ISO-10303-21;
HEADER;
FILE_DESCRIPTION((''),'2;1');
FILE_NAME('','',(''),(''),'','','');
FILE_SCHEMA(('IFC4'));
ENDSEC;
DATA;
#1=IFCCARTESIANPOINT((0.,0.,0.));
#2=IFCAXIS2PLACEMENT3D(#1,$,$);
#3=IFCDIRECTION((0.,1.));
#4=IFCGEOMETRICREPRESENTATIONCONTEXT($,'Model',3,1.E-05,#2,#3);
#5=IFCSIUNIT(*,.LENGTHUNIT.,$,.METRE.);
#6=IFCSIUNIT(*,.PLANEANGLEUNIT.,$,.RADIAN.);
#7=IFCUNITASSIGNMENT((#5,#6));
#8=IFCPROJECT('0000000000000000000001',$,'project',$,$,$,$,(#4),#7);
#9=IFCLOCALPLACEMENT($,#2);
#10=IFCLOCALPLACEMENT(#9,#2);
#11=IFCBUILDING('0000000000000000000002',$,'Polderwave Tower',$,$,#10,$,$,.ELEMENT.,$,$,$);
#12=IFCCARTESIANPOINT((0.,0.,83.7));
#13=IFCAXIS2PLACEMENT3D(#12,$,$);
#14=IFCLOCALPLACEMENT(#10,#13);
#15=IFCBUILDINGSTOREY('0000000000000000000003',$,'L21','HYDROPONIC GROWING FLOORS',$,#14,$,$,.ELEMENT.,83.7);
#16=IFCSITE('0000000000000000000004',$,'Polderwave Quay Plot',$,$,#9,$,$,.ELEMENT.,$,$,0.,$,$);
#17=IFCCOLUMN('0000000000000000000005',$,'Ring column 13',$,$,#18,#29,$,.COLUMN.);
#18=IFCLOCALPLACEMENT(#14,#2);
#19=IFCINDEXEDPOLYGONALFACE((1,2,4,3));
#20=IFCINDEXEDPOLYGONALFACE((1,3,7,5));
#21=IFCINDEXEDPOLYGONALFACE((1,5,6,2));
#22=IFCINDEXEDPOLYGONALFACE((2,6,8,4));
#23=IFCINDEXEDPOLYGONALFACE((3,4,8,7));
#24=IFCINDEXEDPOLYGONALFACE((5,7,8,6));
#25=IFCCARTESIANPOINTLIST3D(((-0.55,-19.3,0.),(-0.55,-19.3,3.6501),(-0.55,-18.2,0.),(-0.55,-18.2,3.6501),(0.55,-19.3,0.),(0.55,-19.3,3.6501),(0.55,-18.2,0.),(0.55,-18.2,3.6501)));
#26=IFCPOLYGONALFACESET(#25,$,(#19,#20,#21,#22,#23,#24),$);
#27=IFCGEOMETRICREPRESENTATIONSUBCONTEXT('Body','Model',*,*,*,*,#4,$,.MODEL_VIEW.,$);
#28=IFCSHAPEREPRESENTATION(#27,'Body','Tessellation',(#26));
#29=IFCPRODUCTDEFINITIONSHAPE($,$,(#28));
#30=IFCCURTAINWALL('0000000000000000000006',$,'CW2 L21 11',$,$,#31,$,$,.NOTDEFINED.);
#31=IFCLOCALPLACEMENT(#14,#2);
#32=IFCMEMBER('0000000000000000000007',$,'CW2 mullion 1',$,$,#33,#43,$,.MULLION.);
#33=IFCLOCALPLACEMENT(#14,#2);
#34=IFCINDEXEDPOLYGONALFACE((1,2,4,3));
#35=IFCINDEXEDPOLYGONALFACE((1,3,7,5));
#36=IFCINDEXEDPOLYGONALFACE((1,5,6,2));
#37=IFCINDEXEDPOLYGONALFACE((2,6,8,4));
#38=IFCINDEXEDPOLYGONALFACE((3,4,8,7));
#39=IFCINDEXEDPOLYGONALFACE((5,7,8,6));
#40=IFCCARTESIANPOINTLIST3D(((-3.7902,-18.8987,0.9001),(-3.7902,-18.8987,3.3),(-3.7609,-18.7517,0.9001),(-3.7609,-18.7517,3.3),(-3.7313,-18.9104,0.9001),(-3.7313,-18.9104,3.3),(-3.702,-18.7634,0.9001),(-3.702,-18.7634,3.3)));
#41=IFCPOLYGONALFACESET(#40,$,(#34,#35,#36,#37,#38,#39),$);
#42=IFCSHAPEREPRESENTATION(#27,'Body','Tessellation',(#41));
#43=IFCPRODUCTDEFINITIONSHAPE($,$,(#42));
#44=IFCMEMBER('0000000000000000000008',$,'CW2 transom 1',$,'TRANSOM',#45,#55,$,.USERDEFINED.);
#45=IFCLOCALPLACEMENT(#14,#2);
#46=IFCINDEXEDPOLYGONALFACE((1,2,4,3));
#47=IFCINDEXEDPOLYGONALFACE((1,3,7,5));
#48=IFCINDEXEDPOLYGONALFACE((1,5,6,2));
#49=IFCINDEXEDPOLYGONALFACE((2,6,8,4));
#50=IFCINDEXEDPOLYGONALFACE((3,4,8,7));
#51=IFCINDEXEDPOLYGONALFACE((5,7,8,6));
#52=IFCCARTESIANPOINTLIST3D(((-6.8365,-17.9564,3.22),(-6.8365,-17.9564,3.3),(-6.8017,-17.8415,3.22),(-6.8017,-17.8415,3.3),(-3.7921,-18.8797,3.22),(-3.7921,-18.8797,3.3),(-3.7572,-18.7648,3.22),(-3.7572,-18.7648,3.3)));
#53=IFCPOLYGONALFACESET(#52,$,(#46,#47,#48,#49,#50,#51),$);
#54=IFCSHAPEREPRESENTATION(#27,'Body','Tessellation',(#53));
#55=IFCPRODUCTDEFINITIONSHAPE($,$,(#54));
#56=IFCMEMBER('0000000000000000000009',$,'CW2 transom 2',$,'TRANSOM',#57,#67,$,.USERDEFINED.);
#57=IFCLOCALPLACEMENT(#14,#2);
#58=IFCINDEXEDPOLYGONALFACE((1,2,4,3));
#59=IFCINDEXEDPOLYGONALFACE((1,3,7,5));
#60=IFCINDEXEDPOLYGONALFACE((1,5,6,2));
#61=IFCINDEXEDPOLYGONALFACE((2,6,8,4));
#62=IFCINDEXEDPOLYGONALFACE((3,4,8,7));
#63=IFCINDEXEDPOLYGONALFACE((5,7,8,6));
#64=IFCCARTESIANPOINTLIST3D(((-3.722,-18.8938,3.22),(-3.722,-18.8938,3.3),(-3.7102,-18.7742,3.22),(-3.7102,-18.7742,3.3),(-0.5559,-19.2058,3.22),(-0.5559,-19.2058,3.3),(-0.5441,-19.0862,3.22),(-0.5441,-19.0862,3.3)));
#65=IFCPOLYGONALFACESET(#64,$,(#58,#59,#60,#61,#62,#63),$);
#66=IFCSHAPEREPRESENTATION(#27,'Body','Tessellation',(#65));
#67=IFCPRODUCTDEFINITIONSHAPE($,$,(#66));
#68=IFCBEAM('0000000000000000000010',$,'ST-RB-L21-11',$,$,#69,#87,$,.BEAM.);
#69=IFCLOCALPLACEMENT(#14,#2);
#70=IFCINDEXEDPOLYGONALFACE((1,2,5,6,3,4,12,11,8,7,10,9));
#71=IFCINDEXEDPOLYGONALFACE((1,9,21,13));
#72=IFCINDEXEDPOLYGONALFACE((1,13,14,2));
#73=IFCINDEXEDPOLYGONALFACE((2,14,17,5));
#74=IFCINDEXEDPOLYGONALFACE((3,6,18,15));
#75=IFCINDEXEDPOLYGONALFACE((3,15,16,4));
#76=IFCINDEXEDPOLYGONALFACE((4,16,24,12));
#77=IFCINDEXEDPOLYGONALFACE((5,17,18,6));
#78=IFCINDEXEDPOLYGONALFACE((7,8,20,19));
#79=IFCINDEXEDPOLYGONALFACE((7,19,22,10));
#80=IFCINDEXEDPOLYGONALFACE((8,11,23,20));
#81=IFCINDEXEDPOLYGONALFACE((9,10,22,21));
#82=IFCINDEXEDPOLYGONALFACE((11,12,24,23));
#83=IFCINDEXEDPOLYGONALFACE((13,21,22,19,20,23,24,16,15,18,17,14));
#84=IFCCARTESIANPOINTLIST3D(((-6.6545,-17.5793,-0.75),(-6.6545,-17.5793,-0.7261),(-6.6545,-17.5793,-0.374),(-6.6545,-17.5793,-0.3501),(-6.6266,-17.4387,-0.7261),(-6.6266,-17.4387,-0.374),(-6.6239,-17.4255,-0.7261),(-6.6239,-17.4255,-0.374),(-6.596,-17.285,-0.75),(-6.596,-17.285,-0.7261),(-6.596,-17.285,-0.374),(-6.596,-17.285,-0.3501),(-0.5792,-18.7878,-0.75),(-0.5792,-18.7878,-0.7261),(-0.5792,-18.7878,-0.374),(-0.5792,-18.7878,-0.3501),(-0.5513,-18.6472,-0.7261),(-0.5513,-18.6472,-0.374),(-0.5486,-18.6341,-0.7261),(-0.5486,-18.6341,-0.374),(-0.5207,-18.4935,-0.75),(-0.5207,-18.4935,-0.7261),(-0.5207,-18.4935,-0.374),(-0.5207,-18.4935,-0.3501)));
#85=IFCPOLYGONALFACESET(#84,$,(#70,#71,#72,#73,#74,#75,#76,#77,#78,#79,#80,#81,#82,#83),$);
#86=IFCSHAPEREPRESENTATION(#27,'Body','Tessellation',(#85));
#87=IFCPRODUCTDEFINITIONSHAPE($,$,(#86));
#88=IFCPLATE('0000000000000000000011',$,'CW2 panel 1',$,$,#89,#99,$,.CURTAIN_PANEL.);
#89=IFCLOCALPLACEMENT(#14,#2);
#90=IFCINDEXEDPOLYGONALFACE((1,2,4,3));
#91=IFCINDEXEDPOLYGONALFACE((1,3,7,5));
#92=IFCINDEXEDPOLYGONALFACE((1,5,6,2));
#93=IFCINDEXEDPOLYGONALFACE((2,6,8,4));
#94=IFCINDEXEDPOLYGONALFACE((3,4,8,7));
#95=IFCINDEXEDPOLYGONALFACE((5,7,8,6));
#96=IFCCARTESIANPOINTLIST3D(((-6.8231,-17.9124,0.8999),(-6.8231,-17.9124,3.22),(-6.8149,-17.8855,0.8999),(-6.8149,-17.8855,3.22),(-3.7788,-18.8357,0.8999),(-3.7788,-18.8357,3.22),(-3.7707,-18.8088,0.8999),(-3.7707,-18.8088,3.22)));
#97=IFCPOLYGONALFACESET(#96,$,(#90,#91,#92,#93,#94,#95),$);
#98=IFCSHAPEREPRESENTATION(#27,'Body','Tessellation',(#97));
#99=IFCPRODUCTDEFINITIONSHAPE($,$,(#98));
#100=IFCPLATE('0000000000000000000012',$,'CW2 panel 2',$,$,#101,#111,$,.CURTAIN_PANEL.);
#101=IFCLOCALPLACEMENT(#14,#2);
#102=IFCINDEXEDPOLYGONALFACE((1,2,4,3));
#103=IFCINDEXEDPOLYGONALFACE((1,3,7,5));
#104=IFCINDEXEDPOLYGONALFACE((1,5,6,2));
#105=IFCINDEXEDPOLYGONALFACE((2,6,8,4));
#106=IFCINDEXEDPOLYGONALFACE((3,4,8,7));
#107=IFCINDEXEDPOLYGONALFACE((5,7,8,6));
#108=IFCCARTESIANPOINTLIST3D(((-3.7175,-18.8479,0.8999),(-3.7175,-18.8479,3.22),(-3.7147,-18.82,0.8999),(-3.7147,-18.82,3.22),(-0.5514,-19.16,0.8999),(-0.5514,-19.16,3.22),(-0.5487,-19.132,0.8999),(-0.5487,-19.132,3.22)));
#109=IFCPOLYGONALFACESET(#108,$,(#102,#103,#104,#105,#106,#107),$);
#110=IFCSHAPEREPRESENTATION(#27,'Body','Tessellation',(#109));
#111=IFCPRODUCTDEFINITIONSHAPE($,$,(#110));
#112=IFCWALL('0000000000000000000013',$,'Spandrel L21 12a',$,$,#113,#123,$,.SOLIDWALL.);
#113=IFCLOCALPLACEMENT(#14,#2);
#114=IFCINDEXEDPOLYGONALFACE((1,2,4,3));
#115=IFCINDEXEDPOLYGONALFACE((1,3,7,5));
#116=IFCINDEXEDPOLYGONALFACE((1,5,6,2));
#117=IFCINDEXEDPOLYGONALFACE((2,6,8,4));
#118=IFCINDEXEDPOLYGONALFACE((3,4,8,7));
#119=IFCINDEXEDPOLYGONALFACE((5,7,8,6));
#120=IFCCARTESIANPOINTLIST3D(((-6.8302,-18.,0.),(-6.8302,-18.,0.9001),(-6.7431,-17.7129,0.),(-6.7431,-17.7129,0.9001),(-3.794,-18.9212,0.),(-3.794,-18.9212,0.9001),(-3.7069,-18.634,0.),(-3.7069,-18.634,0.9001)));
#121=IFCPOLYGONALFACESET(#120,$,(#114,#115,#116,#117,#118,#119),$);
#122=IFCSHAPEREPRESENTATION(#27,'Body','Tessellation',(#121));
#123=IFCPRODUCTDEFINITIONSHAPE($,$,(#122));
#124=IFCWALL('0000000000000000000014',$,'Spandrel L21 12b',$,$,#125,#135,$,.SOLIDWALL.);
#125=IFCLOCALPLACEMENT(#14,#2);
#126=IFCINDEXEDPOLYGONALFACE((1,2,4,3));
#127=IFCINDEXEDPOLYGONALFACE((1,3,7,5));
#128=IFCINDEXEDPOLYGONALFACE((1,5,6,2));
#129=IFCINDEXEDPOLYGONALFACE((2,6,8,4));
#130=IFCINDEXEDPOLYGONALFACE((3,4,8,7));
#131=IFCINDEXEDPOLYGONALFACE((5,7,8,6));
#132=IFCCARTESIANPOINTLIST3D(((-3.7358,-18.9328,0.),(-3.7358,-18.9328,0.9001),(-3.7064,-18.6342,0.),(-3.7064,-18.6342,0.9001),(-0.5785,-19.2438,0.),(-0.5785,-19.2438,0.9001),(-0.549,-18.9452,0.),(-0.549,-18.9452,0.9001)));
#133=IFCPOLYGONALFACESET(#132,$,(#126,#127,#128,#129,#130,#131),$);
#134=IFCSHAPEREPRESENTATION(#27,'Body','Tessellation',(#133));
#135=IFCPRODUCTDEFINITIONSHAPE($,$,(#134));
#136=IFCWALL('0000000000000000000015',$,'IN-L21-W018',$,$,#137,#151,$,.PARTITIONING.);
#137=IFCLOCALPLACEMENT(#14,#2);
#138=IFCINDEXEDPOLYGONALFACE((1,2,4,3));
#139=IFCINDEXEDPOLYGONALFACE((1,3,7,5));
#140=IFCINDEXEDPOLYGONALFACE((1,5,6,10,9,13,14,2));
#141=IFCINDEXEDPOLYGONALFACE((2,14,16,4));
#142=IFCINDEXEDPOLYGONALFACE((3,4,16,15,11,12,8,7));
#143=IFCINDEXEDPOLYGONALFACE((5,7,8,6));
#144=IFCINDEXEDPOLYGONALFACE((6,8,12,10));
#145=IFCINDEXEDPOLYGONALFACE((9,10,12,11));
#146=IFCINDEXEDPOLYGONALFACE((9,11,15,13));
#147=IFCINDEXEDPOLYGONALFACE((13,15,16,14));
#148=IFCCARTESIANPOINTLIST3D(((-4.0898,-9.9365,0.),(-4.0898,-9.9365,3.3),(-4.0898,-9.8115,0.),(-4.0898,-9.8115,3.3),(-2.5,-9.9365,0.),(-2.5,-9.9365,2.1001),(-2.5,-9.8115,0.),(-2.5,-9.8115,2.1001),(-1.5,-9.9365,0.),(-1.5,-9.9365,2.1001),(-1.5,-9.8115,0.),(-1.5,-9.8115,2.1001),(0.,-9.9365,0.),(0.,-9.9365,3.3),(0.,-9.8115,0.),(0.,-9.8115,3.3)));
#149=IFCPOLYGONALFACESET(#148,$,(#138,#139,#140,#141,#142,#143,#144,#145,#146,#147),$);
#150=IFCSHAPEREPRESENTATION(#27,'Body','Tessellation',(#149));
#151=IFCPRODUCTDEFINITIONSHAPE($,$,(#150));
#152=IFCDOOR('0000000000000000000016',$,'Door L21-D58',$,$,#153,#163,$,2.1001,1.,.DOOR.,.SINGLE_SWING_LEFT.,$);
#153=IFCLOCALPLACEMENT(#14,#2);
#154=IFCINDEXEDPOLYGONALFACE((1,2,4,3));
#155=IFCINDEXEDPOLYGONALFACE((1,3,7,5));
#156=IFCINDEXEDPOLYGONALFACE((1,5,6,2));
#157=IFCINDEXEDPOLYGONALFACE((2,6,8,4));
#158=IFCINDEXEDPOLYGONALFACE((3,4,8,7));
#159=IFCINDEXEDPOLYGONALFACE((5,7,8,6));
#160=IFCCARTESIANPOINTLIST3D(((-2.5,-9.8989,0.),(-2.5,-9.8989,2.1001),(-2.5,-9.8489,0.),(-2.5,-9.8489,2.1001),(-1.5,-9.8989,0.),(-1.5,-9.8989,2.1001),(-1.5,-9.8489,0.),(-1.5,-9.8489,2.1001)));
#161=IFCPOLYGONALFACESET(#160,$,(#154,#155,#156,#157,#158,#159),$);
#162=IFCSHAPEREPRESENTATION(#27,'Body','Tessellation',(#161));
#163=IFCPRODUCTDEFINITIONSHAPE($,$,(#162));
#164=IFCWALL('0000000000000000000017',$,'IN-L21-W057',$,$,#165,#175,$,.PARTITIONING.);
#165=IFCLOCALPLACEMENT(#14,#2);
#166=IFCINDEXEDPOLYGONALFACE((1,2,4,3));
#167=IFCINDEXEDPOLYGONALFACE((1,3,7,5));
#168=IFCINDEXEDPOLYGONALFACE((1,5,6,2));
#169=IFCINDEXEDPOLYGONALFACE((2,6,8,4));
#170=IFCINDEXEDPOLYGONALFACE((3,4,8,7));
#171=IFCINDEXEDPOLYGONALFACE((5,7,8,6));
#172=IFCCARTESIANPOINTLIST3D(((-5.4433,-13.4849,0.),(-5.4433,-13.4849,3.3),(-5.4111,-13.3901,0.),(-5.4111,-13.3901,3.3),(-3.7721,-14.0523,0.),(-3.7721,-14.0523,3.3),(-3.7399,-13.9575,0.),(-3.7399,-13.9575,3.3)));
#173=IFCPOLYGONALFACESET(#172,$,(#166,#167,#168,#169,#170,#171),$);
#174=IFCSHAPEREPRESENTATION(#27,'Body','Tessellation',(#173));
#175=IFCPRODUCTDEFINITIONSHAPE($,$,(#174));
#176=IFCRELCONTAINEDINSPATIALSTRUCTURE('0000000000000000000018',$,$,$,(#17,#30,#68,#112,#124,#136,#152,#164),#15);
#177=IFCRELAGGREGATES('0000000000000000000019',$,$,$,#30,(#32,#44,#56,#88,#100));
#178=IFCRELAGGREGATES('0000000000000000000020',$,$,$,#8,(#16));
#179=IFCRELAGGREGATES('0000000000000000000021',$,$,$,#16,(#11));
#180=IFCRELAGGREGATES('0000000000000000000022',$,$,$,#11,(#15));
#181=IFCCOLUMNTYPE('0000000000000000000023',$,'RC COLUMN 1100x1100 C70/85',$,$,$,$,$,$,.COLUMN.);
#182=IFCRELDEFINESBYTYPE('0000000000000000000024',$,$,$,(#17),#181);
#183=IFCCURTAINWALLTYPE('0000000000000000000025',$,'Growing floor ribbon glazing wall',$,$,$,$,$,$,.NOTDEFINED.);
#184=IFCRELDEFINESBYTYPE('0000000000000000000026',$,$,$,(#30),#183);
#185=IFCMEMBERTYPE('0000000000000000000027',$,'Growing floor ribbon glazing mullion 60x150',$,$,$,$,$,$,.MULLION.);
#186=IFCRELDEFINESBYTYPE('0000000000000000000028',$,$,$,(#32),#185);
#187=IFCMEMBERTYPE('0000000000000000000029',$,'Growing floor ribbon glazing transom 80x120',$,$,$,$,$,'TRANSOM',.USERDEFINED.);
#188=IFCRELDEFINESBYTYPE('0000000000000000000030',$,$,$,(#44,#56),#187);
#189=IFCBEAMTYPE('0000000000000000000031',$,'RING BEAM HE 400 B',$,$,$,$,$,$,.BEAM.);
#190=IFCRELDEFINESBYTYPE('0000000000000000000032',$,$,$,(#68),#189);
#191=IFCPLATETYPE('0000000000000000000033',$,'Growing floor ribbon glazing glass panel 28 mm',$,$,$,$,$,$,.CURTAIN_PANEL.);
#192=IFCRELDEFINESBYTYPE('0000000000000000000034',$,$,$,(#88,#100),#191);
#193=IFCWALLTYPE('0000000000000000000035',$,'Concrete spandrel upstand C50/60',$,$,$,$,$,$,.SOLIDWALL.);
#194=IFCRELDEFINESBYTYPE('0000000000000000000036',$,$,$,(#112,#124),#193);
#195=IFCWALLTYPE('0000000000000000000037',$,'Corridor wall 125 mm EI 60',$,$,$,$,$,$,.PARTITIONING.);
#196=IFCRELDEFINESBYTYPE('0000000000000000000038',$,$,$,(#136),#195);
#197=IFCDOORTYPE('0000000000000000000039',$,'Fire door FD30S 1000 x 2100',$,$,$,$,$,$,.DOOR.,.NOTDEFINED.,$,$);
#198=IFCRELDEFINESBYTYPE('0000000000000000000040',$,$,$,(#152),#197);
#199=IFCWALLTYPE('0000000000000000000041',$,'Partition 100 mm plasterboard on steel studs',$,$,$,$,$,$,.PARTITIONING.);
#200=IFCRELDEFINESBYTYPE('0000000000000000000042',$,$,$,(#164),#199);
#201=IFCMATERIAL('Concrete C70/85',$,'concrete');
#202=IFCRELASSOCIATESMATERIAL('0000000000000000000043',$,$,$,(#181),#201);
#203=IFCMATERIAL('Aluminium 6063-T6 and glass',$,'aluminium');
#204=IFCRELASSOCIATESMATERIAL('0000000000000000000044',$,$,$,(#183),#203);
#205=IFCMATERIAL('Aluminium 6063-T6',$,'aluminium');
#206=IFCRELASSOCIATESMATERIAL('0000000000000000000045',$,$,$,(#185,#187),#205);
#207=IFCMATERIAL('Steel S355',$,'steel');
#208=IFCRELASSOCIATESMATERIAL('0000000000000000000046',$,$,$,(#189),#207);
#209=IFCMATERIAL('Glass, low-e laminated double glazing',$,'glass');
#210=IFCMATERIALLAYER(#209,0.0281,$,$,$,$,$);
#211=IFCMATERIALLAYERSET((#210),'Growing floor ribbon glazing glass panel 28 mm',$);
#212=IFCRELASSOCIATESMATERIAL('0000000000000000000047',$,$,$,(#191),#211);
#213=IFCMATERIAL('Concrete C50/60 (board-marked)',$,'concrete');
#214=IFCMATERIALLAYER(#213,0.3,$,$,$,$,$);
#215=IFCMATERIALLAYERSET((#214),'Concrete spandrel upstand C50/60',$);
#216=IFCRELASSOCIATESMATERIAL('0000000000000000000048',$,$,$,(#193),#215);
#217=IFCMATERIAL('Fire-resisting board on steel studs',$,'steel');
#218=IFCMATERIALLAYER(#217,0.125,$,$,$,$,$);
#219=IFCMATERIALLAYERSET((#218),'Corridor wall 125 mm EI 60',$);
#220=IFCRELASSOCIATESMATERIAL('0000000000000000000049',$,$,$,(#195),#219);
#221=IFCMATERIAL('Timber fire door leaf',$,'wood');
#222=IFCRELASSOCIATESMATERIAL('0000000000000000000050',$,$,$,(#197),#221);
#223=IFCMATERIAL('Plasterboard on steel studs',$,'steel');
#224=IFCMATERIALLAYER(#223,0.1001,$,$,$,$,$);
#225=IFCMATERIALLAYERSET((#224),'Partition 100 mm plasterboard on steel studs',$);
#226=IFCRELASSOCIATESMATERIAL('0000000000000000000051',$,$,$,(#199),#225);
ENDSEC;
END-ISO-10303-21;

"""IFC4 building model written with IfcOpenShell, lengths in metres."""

from ifc_helpers import new_model, si_unit, direction, frame, frame_2d, origin, origin_2d, place, context, subcontext, project, spatial, rectangle, i_section, extrude, material, layer, layer_set, material_profile, profile_set, type_object, element, fill, aggregate, save


model = new_model("IFC4")

# Units and contexts
model_context = context("Model", 3, precision=1e-05, world=origin(), true_north=direction((0.0, 1.0)))
body_context = subcontext(model_context, "Body", "Model", "MODEL_VIEW")
ifc_project = project(units=[si_unit("LENGTHUNIT", "METRE"), si_unit("PLANEANGLEUNIT", "RADIAN")], contexts=[model_context])

# Site, building, storey
site_placement = place(None, origin())
site = spatial("IfcSite", under=ifc_project, at=site_placement, Name="Polderwave Quay Plot", CompositionType="ELEMENT", RefElevation=0.0)
building_placement = place(site_placement, origin())
building = spatial("IfcBuilding", under=site, at=building_placement, Name="Polderwave Tower", CompositionType="ELEMENT")
storey_placement = place(building_placement, frame((0.0, 0.0, 83.7)))
storey = spatial("IfcBuildingStorey", under=building, at=storey_placement, Name="L21", Description="HYDROPONIC GROWING FLOORS", CompositionType="ELEMENT", Elevation=83.7)

# Column
ifc_material_1 = material(Name="Concrete C70/85", Category="concrete")
ifc_material_profile_1 = material_profile(ifc_material_1, rectangle(XDim=1.1001, YDim=1.1001, at=origin_2d()), Name="RC 1100x1100")
ifc_profile_set_1 = profile_set([ifc_material_profile_1], Name="Concrete C70/85")
column_type = type_object("IfcColumnType", Name="RC COLUMN 1100x1100 C70/85", PredefinedType="COLUMN", material=ifc_profile_set_1)
column_placement = place(storey_placement, frame((0.0, -18.75, 0.0), z_axis=(0.0, 0.0, 1.0), x_axis=(0.0, -1.0, 0.0)))
element("IfcColumn", 1, at=column_placement, inside=storey, type_object=column_type, Name="Ring column 13", PredefinedType="COLUMN", context=body_context, shape_type="SweptSolid", body=[
    extrude(rectangle(XDim=1.1001, YDim=1.1001, at=origin_2d()), origin(), (0.0, 0.0, 1.0), 3.6501),
])

# Curtain wall, members
ifc_material_2 = material(Name="Aluminium 6063-T6 and glass", Category="aluminium")
curtain_wall_type = type_object("IfcCurtainWallType", Name="Growing floor ribbon glazing wall", PredefinedType="NOTDEFINED", material=ifc_material_2)
curtain_wall_placement = place(storey_placement, origin())
curtain_wall = element("IfcCurtainWall", 2, at=curtain_wall_placement, inside=storey, type_object=curtain_wall_type, Name="CW2 L21 11", PredefinedType="NOTDEFINED")
ifc_material_3 = material(Name="Aluminium 6063-T6", Category="aluminium")
ifc_material_profile_2 = material_profile(ifc_material_3, rectangle(XDim=0.1499, YDim=0.0601, at=origin_2d()), Name="AL 60x150")
ifc_profile_set_2 = profile_set([ifc_material_profile_2], Name="Aluminium 6063-T6")
member_type_1 = type_object("IfcMemberType", Name="Growing floor ribbon glazing mullion 60x150", PredefinedType="MULLION", material=ifc_profile_set_2)
member_1_placement = place(storey_placement, frame((-3.7461, -18.8311, 0.9001), z_axis=(0.0, 0.0, 1.0), x_axis=(0.195097, 0.980784, 0.0)))
member_1 = element("IfcMember", 3, at=member_1_placement, type_object=member_type_1, Name="CW2 mullion 1", PredefinedType="MULLION", context=body_context, shape_type="SweptSolid", body=[
    extrude(rectangle(XDim=0.1499, YDim=0.0601, at=origin_2d()), origin(), (0.0, 0.0, 1.0), 2.3999),
])
ifc_material_profile_3 = material_profile(ifc_material_3, rectangle(XDim=0.1201, YDim=0.0801, at=origin_2d()), Name="AL 80x120")
ifc_profile_set_3 = profile_set([ifc_material_profile_3], Name="Aluminium 6063-T6")
member_type_2 = type_object("IfcMemberType", Name="Growing floor ribbon glazing transom 80x120", ElementType="TRANSOM", PredefinedType="USERDEFINED", material=ifc_profile_set_3)
member_2_placement = place(storey_placement, frame((-6.8191, -17.8989, 3.26), z_axis=(0.956956, -0.290233, 0.0), x_axis=(0.290233, 0.956956, 0.0)))
member_2 = element("IfcMember", 4, at=member_2_placement, type_object=member_type_2, Name="CW2 transom 1", ObjectType="TRANSOM", PredefinedType="USERDEFINED", context=body_context, shape_type="SweptSolid", body=[
    extrude(rectangle(XDim=0.1201, YDim=0.0801, at=origin_2d()), origin(), (0.0, 0.0, 1.0), 3.1814),
])
member_3_placement = place(storey_placement, frame((-3.7161, -18.834, 3.26), z_axis=(0.995179, -0.098075, 0.0), x_axis=(0.098075, 0.995179, 0.0)))
member_3 = element("IfcMember", 5, at=member_3_placement, type_object=member_type_2, Name="CW2 transom 2", ObjectType="TRANSOM", PredefinedType="USERDEFINED", context=body_context, shape_type="SweptSolid", body=[
    extrude(rectangle(XDim=0.1201, YDim=0.0801, at=origin_2d()), origin(), (0.0, 0.0, 1.0), 3.1814),
])

# Beam
ifc_material_4 = material(Name="Steel S355", Category="steel")
ifc_material_profile_4 = material_profile(ifc_material_4, i_section(OverallWidth=0.3, OverallDepth=0.3999, WebThickness=0.0134, FlangeThickness=0.0239, at=origin_2d()), Name="HE 400 B")
ifc_profile_set_4 = profile_set([ifc_material_profile_4], Name="Steel S355")
beam_type = type_object("IfcBeamType", Name="RING BEAM HE 400 B", PredefinedType="BEAM", material=ifc_profile_set_4)
beam_placement = place(storey_placement, frame((-6.6252, -17.4321, -0.55), z_axis=(0.980783, -0.1951, 0.0), x_axis=(0.1951, 0.980783, 0.0)))
element("IfcBeam", 6, at=beam_placement, inside=storey, type_object=beam_type, Name="ST-RB-L21-11", PredefinedType="BEAM", context=body_context, shape_type="SweptSolid", body=[
    extrude(i_section(OverallWidth=0.3, OverallDepth=0.3999, WebThickness=0.0134, FlangeThickness=0.0239, at=origin_2d()), origin(), (0.0, 0.0, 1.0), 6.1943),
])

# Plates
ifc_material_5 = material(Name="Glass, low-e laminated double glazing", Category="glass")
ifc_layer_1 = layer(ifc_material_5, 0.0281)
ifc_layer_set_1 = layer_set([ifc_layer_1], Name="Growing floor ribbon glazing glass panel 28 mm")
plate_type = type_object("IfcPlateType", Name="Growing floor ribbon glazing glass panel 28 mm", PredefinedType="CURTAIN_PANEL", material=ifc_layer_set_1)
plate_1_placement = place(storey_placement, frame((-5.2969, -18.3606, 0.8999), z_axis=(0.0, 0.0, 1.0), x_axis=(0.956956, -0.290233, 0.0)))
plate_1 = element("IfcPlate", 7, at=plate_1_placement, type_object=plate_type, Name="CW2 panel 1", PredefinedType="CURTAIN_PANEL", context=body_context, shape_type="SweptSolid", body=[
    extrude(rectangle(XDim=3.1812, YDim=0.0281, at=origin_2d()), origin(), (0.0, 0.0, 1.0), 2.3201),
])
plate_2_placement = place(storey_placement, frame((-2.1331, -18.99, 0.8999), z_axis=(0.0, 0.0, 1.0), x_axis=(0.995178, -0.098085, 0.0)))
plate_2 = element("IfcPlate", 8, at=plate_2_placement, type_object=plate_type, Name="CW2 panel 2", PredefinedType="CURTAIN_PANEL", context=body_context, shape_type="SweptSolid", body=[
    extrude(rectangle(XDim=3.1814, YDim=0.0281, at=origin_2d()), origin(), (0.0, 0.0, 1.0), 2.3201),
])
aggregate(curtain_wall, [member_1, member_2, member_3, plate_1, plate_2])

# Walls
ifc_material_6 = material(Name="Concrete C50/60 (board-marked)", Category="concrete")
ifc_layer_2 = layer(ifc_material_6, 0.3)
ifc_layer_set_2 = layer_set([ifc_layer_2], Name="Concrete spandrel upstand C50/60")
wall_type_1 = type_object("IfcWallType", Name="Concrete spandrel upstand C50/60", PredefinedType="SOLIDWALL", material=ifc_layer_set_2)
wall_1_placement = place(storey_placement, frame((-6.7866, -17.8564, 0.0), z_axis=(0.0, 0.0, 1.0), x_axis=(0.956928, -0.290326, 0.0)))
element("IfcWall", 9, at=wall_1_placement, inside=storey, type_object=wall_type_1, Name="Spandrel L21 12a", PredefinedType="SOLIDWALL", context=body_context, shape_type="SweptSolid", body=[
    extrude(rectangle(XDim=3.1729, YDim=0.3, at=frame_2d((1.5864, 0.0))), origin(), (0.0, 0.0, 1.0), 0.9001),
])
wall_2_placement = place(storey_placement, frame((-3.7212, -18.7834, 0.0), z_axis=(0.0, 0.0, 1.0), x_axis=(0.995182, -0.098041, 0.0)))
element("IfcWall", 10, at=wall_2_placement, inside=storey, type_object=wall_type_1, Name="Spandrel L21 12b", PredefinedType="SOLIDWALL", context=body_context, shape_type="SweptSolid", body=[
    extrude(rectangle(XDim=3.1726, YDim=0.3, at=frame_2d((1.5864, 0.0))), origin(), (0.0, 0.0, 1.0), 0.9001),
])

# Wall, opening, door
ifc_material_7 = material(Name="Fire-resisting board on steel studs", Category="steel")
ifc_layer_3 = layer(ifc_material_7, 0.125)
ifc_layer_set_3 = layer_set([ifc_layer_3], Name="Corridor wall 125 mm EI 60")
wall_type_2 = type_object("IfcWallType", Name="Corridor wall 125 mm EI 60", PredefinedType="PARTITIONING", material=ifc_layer_set_3)
wall_3_placement = place(storey_placement, frame((0.0, -9.874, 0.0), z_axis=(0.0, 0.0, 1.0), x_axis=(-1.0, 0.0, 0.0)))
wall_3 = element("IfcWall", 11, at=wall_3_placement, inside=storey, type_object=wall_type_2, Name="IN-L21-W018", PredefinedType="PARTITIONING", context=body_context, shape_type="SweptSolid", body=[
    extrude(rectangle(XDim=4.0898, YDim=0.125, at=frame_2d((2.0449, 0.0))), origin(), (0.0, 0.0, 1.0), 3.3),
])
opening_1_placement = place(wall_3_placement, frame((1.5, 0.0, 0.0)))
opening_1 = element("IfcOpeningElement", 12, at=opening_1_placement, cuts=wall_3, PredefinedType="OPENING", context=body_context, shape_type="SweptSolid", body=[
    extrude(rectangle(XDim=1.0, YDim=2.1001, at=frame_2d((0.5, 1.05))), frame((0.0, 0.0725, 0.0), z_axis=(0.0, -1.0, 0.0), x_axis=(1.0, 0.0, 0.0)), (0.0, 0.0, 1.0), 0.145),
])
ifc_material_8 = material(Name="Timber fire door leaf", Category="wood")
door_type_1 = type_object("IfcDoorType", Name="Fire door FD30S 1000 x 2100", OperationType="NOTDEFINED", PredefinedType="DOOR", material=ifc_material_8)
door_1_placement = place(opening_1_placement, origin())
door_1 = element("IfcDoor", 13, at=door_1_placement, inside=storey, type_object=door_type_1, Name="Door L21-D58", OperationType="SINGLE_SWING_LEFT", OverallHeight=2.1001, OverallWidth=1.0, PredefinedType="DOOR", context=body_context, shape_type="SweptSolid", body=[
    extrude(rectangle(XDim=1.0, YDim=2.1001, at=frame_2d((0.5, 1.05))), frame((0.0, 0.0249, 0.0), z_axis=(0.0, -1.0, 0.0), x_axis=(1.0, 0.0, 0.0)), (0.0, 0.0, 1.0), 0.05),
])
fill(opening_1, door_1)

# Wall
ifc_material_9 = material(Name="Plasterboard on steel studs", Category="steel")
ifc_layer_4 = layer(ifc_material_9, 0.1001)
ifc_layer_set_4 = layer_set([ifc_layer_4], Name="Partition 100 mm plasterboard on steel studs")
wall_type_3 = type_object("IfcWallType", Name="Partition 100 mm plasterboard on steel studs", PredefinedType="PARTITIONING", material=ifc_layer_set_4)
wall_4_placement = place(storey_placement, frame((-3.7561, -14.0049, 0.0), z_axis=(0.0, 0.0, 1.0), x_axis=(-0.946912, 0.321493, 0.0)))
element("IfcWall", 14, at=wall_4_placement, inside=storey, type_object=wall_type_3, Name="IN-L21-W057", PredefinedType="PARTITIONING", context=body_context, shape_type="SweptSolid", body=[
    extrude(rectangle(XDim=1.7649, YDim=0.1001, at=frame_2d((0.8823, 0.0))), origin(), (0.0, 0.0, 1.0), 3.3),
])

save(model, "model.ifc")
